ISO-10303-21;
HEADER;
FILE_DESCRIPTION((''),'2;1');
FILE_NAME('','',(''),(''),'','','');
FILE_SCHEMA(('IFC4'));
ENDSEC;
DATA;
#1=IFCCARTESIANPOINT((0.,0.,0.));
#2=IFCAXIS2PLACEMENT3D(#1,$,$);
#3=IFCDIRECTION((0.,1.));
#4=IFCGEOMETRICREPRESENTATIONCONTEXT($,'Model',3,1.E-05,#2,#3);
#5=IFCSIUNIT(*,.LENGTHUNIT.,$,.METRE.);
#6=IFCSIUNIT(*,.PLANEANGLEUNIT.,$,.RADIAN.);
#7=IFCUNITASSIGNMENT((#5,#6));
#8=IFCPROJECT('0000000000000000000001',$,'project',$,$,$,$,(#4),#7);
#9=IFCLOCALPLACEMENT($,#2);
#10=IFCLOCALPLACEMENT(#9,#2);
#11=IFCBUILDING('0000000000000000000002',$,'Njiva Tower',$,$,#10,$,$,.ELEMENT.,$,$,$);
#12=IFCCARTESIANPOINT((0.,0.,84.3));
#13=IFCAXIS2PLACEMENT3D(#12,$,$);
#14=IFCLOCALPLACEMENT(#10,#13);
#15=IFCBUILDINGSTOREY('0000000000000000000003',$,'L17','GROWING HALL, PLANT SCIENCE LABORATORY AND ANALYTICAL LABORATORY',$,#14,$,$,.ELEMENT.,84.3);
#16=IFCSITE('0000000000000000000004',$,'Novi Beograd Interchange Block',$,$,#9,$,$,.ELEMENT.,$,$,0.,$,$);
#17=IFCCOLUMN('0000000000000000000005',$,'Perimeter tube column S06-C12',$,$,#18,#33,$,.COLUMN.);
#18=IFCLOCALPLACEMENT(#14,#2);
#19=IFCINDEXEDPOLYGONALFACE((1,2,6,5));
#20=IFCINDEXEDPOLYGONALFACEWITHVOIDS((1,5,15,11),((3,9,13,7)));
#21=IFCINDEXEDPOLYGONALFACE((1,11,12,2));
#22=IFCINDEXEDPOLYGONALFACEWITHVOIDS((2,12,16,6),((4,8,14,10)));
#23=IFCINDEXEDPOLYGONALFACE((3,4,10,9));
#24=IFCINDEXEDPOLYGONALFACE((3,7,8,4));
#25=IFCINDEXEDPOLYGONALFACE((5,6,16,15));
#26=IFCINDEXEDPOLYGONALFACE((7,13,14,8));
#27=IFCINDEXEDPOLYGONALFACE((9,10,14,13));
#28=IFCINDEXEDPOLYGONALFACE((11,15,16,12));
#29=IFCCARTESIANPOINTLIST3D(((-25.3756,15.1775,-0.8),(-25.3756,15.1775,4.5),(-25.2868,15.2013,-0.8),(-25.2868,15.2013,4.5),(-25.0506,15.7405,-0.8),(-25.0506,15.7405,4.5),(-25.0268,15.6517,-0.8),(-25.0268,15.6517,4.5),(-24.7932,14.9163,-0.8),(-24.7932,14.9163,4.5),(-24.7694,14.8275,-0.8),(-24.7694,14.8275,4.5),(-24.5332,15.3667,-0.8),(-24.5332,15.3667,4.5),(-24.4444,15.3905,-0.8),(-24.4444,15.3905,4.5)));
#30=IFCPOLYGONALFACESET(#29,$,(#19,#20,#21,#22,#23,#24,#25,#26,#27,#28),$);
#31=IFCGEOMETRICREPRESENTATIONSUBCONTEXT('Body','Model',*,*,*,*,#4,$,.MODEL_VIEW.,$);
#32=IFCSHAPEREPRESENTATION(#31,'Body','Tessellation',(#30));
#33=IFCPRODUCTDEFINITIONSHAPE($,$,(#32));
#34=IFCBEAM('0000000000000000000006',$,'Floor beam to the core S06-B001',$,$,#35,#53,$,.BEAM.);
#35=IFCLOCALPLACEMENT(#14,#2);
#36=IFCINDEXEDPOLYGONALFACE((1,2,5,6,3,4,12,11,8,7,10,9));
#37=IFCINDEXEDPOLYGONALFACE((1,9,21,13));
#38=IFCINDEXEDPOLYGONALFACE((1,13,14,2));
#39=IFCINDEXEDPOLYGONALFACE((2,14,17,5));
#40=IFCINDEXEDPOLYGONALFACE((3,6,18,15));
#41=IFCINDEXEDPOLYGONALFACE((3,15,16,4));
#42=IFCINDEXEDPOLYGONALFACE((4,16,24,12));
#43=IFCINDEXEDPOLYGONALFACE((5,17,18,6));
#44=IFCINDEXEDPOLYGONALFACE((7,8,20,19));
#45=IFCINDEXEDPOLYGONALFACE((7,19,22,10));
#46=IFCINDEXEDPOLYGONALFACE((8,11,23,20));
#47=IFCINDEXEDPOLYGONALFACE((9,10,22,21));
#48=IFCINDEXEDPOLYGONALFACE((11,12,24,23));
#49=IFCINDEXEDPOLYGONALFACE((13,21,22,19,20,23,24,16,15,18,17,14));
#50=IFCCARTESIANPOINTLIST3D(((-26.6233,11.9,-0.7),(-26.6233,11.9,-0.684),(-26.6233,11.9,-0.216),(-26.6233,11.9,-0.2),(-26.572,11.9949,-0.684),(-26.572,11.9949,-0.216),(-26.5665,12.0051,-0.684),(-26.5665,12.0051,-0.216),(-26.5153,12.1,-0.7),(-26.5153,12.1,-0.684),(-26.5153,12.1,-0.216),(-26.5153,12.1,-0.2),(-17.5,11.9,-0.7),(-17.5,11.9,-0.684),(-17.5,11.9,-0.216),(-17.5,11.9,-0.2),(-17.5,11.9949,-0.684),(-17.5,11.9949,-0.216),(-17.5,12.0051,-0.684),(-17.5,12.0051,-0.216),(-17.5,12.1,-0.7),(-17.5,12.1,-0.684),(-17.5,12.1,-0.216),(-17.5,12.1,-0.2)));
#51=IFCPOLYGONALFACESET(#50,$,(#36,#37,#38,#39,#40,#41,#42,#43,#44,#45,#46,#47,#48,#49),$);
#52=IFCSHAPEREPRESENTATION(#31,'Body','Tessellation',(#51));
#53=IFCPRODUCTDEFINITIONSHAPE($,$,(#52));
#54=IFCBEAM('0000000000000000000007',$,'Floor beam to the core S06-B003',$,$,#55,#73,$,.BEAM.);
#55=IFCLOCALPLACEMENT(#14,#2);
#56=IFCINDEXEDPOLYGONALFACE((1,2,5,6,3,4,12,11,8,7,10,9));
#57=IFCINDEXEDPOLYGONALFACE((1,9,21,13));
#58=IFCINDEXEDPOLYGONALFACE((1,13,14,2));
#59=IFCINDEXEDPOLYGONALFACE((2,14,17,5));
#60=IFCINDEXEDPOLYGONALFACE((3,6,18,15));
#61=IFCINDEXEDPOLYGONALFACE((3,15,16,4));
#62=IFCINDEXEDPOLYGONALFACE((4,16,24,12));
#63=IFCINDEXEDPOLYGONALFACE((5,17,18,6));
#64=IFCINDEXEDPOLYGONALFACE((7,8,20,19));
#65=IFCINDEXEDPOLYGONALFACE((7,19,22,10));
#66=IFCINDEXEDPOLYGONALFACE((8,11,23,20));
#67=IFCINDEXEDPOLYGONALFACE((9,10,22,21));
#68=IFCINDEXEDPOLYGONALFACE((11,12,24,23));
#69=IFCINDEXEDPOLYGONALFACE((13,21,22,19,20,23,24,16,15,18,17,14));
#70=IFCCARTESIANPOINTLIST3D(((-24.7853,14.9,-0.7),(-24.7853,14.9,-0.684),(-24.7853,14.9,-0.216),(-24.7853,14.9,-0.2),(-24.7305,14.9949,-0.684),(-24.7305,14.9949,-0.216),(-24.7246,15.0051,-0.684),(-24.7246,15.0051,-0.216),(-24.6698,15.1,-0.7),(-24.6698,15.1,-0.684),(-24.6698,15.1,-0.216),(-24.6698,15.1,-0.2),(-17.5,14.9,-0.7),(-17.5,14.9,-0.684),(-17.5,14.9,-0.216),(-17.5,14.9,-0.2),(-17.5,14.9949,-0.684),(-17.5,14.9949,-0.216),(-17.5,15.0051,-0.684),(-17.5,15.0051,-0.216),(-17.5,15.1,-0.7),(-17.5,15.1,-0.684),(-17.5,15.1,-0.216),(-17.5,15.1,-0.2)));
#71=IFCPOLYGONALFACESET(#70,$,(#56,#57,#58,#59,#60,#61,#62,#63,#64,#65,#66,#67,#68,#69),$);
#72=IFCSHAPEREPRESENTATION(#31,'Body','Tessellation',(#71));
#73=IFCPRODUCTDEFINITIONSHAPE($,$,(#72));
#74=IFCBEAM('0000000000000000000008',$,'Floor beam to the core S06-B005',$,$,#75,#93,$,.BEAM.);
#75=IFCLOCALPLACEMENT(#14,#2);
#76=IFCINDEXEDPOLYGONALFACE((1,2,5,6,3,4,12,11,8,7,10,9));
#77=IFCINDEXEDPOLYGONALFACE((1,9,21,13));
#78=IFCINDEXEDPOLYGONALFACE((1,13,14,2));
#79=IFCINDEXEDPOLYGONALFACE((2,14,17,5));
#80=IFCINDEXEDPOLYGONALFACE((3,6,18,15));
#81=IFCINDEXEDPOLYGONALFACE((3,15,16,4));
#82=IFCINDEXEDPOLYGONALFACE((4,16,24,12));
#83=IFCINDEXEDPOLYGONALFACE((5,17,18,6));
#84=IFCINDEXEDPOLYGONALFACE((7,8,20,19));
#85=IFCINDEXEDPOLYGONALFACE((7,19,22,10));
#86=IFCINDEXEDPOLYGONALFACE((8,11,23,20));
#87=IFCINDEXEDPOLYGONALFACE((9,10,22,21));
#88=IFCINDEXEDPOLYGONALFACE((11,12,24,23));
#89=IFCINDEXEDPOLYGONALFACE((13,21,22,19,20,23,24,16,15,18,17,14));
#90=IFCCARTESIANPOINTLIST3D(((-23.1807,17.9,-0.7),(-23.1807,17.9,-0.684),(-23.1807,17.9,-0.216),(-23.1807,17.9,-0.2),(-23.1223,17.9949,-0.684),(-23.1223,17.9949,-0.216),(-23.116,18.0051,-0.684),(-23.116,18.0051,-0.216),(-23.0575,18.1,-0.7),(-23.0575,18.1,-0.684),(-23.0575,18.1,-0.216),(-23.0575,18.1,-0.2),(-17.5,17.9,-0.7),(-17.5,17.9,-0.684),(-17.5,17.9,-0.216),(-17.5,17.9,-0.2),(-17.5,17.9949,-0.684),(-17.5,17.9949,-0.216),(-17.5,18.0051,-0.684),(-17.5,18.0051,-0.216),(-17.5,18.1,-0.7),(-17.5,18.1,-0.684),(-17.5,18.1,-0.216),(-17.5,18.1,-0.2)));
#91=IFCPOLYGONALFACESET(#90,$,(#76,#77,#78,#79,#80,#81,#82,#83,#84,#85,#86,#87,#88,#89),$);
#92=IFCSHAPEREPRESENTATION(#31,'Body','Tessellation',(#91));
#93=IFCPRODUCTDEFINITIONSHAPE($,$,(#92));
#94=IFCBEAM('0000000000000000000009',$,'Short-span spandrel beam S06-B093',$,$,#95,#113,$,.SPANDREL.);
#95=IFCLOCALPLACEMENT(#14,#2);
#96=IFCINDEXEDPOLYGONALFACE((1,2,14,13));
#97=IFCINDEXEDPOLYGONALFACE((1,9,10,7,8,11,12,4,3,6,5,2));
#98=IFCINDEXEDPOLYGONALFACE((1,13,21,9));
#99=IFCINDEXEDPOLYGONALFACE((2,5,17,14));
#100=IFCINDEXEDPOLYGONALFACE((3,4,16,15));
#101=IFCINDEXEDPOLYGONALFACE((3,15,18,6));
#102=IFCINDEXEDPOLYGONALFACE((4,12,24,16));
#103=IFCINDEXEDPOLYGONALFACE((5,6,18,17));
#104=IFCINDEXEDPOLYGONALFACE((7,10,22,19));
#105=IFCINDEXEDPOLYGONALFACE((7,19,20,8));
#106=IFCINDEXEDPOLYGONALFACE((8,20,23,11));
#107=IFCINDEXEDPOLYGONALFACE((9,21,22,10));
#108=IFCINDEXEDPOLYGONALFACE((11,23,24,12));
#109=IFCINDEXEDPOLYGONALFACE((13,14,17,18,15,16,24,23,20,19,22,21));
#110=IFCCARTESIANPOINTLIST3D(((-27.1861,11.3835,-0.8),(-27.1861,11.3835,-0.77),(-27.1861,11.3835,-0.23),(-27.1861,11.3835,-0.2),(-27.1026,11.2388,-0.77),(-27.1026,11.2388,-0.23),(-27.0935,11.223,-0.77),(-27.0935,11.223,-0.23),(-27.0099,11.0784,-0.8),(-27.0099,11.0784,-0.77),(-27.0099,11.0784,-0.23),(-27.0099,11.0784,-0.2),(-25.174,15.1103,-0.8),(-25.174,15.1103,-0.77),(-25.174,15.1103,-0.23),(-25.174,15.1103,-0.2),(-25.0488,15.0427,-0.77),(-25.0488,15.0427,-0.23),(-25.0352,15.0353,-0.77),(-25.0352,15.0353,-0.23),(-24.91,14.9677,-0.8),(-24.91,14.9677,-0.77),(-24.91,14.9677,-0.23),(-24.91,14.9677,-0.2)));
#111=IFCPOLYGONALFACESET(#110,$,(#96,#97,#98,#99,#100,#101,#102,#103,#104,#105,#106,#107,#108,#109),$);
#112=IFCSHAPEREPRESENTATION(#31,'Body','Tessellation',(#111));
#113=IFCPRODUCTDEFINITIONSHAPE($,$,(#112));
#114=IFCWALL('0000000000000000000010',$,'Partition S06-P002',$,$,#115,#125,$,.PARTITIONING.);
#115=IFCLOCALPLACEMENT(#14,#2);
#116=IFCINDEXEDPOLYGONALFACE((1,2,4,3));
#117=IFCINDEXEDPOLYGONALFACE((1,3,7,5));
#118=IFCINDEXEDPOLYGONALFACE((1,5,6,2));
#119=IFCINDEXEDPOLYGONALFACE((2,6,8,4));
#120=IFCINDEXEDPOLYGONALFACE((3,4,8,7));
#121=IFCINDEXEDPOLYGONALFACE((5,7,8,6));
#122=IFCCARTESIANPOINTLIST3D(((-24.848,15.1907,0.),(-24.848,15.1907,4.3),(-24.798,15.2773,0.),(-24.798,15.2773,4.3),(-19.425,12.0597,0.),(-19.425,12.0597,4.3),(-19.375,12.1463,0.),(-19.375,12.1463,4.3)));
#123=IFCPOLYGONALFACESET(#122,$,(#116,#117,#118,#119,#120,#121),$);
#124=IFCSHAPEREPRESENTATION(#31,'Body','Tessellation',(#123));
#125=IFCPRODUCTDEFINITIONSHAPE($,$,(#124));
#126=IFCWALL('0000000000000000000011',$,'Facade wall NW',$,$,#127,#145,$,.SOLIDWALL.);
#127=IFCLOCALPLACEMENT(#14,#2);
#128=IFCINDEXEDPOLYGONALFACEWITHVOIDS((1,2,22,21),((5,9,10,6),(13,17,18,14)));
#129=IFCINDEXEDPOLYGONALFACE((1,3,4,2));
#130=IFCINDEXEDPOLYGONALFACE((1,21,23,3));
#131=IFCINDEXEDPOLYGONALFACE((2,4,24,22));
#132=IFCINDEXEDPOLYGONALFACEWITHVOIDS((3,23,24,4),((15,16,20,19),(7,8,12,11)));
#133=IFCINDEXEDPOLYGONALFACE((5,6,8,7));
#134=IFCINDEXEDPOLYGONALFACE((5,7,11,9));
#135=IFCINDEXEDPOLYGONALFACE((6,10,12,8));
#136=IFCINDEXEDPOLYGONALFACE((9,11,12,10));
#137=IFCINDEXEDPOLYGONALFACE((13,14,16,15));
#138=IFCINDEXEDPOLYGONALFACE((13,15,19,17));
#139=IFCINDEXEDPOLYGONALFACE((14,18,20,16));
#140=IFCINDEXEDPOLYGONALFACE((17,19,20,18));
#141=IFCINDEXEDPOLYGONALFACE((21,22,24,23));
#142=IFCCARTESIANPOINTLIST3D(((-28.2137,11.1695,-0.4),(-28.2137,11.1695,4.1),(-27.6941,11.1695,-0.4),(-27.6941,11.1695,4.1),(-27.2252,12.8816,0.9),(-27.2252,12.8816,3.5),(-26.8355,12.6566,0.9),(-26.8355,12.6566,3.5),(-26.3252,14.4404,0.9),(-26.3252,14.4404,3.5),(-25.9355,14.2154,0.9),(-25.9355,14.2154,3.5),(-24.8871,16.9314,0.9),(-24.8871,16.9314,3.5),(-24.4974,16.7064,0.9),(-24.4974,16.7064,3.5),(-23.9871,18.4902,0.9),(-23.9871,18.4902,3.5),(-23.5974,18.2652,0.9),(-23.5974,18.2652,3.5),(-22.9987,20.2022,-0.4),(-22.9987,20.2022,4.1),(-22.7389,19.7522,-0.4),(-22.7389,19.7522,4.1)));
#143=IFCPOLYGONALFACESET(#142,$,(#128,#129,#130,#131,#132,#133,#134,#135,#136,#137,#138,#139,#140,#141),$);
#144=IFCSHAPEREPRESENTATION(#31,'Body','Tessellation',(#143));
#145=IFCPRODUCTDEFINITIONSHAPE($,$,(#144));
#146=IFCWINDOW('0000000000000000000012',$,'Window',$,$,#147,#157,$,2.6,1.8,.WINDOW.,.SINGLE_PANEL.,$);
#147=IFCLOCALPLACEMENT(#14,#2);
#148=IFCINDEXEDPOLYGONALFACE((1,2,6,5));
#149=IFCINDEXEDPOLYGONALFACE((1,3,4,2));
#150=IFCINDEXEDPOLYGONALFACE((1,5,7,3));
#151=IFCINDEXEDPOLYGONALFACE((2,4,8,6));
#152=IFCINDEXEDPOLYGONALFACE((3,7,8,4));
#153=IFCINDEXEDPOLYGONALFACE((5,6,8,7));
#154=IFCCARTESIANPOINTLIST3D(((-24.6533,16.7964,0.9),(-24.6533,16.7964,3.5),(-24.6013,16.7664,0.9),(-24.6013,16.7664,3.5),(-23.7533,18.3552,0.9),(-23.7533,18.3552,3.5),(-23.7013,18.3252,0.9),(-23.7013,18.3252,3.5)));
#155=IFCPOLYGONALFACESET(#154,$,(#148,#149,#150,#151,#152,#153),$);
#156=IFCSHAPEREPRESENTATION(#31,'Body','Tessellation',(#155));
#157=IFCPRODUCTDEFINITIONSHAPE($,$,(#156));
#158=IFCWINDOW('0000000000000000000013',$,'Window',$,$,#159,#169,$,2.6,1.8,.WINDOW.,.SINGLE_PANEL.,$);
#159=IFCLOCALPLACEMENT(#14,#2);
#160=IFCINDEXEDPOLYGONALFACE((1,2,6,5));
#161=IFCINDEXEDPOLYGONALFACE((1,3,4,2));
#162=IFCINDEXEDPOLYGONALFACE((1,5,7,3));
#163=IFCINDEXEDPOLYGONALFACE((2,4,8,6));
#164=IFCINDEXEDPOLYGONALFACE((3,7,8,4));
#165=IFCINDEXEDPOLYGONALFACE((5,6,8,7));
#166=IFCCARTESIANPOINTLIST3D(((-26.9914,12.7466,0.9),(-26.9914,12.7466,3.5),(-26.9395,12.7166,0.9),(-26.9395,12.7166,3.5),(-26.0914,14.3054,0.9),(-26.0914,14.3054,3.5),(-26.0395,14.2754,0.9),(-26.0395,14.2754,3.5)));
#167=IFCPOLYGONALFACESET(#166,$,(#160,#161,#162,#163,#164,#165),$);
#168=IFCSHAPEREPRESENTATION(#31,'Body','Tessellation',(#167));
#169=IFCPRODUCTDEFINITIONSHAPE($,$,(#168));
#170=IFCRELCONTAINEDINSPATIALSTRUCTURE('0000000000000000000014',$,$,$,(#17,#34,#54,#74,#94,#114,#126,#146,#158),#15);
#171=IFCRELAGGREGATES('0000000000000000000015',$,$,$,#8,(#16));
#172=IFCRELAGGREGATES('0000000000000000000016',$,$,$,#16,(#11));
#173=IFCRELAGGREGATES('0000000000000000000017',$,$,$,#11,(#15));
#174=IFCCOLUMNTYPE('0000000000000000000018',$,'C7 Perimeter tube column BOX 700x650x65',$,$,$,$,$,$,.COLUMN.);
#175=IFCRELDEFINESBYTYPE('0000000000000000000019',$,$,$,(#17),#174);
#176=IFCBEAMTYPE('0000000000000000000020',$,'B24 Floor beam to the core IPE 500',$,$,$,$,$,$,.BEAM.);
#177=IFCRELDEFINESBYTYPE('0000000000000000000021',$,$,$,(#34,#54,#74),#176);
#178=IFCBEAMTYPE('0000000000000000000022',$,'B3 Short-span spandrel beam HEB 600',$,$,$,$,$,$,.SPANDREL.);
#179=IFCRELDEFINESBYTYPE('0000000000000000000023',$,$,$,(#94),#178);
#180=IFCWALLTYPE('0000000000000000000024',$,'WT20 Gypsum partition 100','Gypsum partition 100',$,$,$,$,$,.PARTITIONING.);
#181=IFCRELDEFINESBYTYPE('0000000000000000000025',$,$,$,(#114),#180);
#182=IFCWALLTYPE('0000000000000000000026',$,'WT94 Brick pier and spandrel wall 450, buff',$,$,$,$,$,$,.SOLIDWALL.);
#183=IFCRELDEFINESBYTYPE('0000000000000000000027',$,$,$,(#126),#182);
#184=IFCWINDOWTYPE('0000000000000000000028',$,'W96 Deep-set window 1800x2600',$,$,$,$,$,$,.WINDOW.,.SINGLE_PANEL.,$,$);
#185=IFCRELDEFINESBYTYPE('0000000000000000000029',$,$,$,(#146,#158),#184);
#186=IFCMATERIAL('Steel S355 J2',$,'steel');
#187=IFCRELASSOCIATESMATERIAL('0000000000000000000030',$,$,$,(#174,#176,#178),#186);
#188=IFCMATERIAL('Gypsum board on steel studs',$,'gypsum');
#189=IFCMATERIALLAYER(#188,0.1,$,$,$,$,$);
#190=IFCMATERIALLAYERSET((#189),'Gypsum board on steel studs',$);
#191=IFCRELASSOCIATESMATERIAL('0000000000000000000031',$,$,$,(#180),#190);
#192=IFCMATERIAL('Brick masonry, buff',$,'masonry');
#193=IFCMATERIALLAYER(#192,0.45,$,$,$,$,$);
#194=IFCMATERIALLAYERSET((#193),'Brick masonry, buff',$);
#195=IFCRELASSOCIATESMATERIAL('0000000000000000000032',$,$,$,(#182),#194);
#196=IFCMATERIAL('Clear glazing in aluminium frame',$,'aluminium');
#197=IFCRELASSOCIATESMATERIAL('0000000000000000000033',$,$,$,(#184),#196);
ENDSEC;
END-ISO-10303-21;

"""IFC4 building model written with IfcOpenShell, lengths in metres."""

from ifc_helpers import new_model, si_unit, direction, frame, frame_2d, origin, origin_2d, place, context, subcontext, project, spatial, polyline, rectangle, hollow_rectangle, i_section, outline, extrude, clip, halfspace, material, layer, layer_set, material_profile, profile_set, type_object, element, fill, save


model = new_model("IFC4")

# Units and contexts
model_context = context("Model", 3, precision=1e-05, world=origin(), true_north=direction((0.0, 1.0)))
body_context = subcontext(model_context, "Body", "Model", "MODEL_VIEW")
ifc_project = project(units=[si_unit("LENGTHUNIT", "METRE"), si_unit("PLANEANGLEUNIT", "RADIAN")], contexts=[model_context])

# Site, building, storey
site_placement = place(None, origin())
site = spatial("IfcSite", under=ifc_project, at=site_placement, Name="Novi Beograd Interchange Block", CompositionType="ELEMENT", RefElevation=0.0)
building_placement = place(site_placement, origin())
building = spatial("IfcBuilding", under=site, at=building_placement, Name="Njiva Tower", CompositionType="ELEMENT")
storey_placement = place(building_placement, frame((0.0, 0.0, 84.3)))
storey = spatial("IfcBuildingStorey", under=building, at=storey_placement, Name="L17", Description="GROWING HALL, PLANT SCIENCE LABORATORY AND ANALYTICAL LABORATORY", CompositionType="ELEMENT", Elevation=84.3)

# Column
ifc_material_1 = material(Name="Steel S355 J2", Category="steel")
ifc_material_profile_1 = material_profile(ifc_material_1, hollow_rectangle(XDim=0.65, YDim=0.7, WallThickness=0.065, at=origin_2d()), Name="BOX 700x650x65")
ifc_profile_set_1 = profile_set([ifc_material_profile_1], Name="Steel S355 J2")
column_type = type_object("IfcColumnType", Name="C7 Perimeter tube column BOX 700x650x65", PredefinedType="COLUMN", material=ifc_profile_set_1)
column_placement = place(storey_placement, frame((-24.91, 15.284, -0.8), z_axis=(0.0, 0.0, 1.0), x_axis=(-0.5, -0.866025, 0.0)))
element("IfcColumn", 1, at=column_placement, inside=storey, type_object=column_type, Name="Perimeter tube column S06-C12", PredefinedType="COLUMN", context=body_context, shape_type="SweptSolid", body=[
    extrude(hollow_rectangle(XDim=0.65, YDim=0.7, WallThickness=0.065, at=origin_2d()), origin(), (0.0, 0.0, 1.0), 5.3),
])

# Beams
ifc_material_profile_2 = material_profile(ifc_material_1, i_section(OverallWidth=0.2, OverallDepth=0.5, WebThickness=0.0102, FlangeThickness=0.016, at=origin_2d()), Name="IPE 500")
ifc_profile_set_2 = profile_set([ifc_material_profile_2], Name="Steel S355 J2")
beam_type_1 = type_object("IfcBeamType", Name="B24 Floor beam to the core IPE 500", PredefinedType="BEAM", material=ifc_profile_set_2)
beam_1_placement = place(storey_placement, frame((-26.643, 12.0, -0.45), z_axis=(1.0, 0.0, 0.0), x_axis=(0.0, 1.0, 0.0)))
element("IfcBeam", 2, at=beam_1_placement, inside=storey, type_object=beam_type_1, Name="Floor beam to the core S06-B001", PredefinedType="BEAM", context=body_context, shape_type="Clipping", body=[
    clip(extrude(i_section(OverallWidth=0.2, OverallDepth=0.5, WebThickness=0.0102, FlangeThickness=0.016, at=origin_2d()), origin(), (0.0, 0.0, 1.0), 9.143), halfspace(frame((0.0238, 0.0, 0.0866), z_axis=(0.47516, 0.0, -0.8799), x_axis=(0.0, -1.0, 0.0)), False)),
])
beam_2_placement = place(storey_placement, frame((-24.806, 15.0, -0.45), z_axis=(1.0, 0.0, 0.0), x_axis=(0.0, 1.0, 0.0)))
element("IfcBeam", 3, at=beam_2_placement, inside=storey, type_object=beam_type_1, Name="Floor beam to the core S06-B003", PredefinedType="BEAM", context=body_context, shape_type="Clipping", body=[
    clip(extrude(i_section(OverallWidth=0.2, OverallDepth=0.5, WebThickness=0.0102, FlangeThickness=0.016, at=origin_2d()), origin(), (0.0, 0.0, 1.0), 7.306), halfspace(frame((0.025, 0.0, 0.0929), z_axis=(0.499998, 0.0, -0.866027), x_axis=(0.0, -1.0, 0.0)), False)),
])
beam_3_placement = place(storey_placement, frame((-23.201, 18.0, -0.45), z_axis=(1.0, 0.0, 0.0), x_axis=(0.0, 1.0, 0.0)))
element("IfcBeam", 4, at=beam_3_placement, inside=storey, type_object=beam_type_1, Name="Floor beam to the core S06-B005", PredefinedType="BEAM", context=body_context, shape_type="Clipping", body=[
    clip(extrude(i_section(OverallWidth=0.2, OverallDepth=0.5, WebThickness=0.0102, FlangeThickness=0.016, at=origin_2d()), origin(), (0.0, 0.0, 1.0), 5.701), halfspace(frame((0.0262, 0.0, 0.098), z_axis=(0.524439, 0.0, -0.851448), x_axis=(0.0, -1.0, 0.0)), False)),
])
ifc_material_profile_3 = material_profile(ifc_material_1, i_section(OverallWidth=0.3, OverallDepth=0.6, WebThickness=0.0155, FlangeThickness=0.03, at=origin_2d()), Name="HEB 600")
ifc_profile_set_3 = profile_set([ifc_material_profile_3], Name="Steel S355 J2")
beam_type_2 = type_object("IfcBeamType", Name="B3 Short-span spandrel beam HEB 600", PredefinedType="SPANDREL", material=ifc_profile_set_3)
beam_4_placement = place(storey_placement, frame((-25.042, 15.039, -0.5), z_axis=(-0.475092, -0.879936, 0.0), x_axis=(0.879936, -0.475092, 0.0)))
element("IfcBeam", 5, at=beam_4_placement, inside=storey, type_object=beam_type_2, Name="Short-span spandrel beam S06-B093", PredefinedType="SPANDREL", context=body_context, shape_type="Clipping", body=[
    clip(extrude(i_section(OverallWidth=0.3, OverallDepth=0.6, WebThickness=0.0155, FlangeThickness=0.03, at=origin_2d()), origin(), (0.0, 0.0, 1.0), 4.4396), halfspace(frame((-0.0264, 0.0, 4.3114), z_axis=(-0.524503, 0.0, 0.851408), x_axis=(0.0, 1.0, 0.0)), False)),
])

# Wall
ifc_material_2 = material(Name="Gypsum board on steel studs", Category="gypsum")
ifc_layer_1 = layer(ifc_material_2, 0.1)
ifc_layer_set_1 = layer_set([ifc_layer_1], Name="Gypsum board on steel studs")
wall_type_1 = type_object("IfcWallType", Name="WT20 Gypsum partition 100", Description="Gypsum partition 100", PredefinedType="PARTITIONING", material=ifc_layer_set_1)
wall_1_placement = place(storey_placement, frame((-24.823, 15.234, 0.0), z_axis=(0.0, 0.0, 1.0), x_axis=(0.866023, -0.500004, 0.0)))
element("IfcWall", 6, at=wall_1_placement, inside=storey, type_object=wall_type_1, Name="Partition S06-P002", PredefinedType="PARTITIONING", context=body_context, shape_type="SweptSolid", body=[
    extrude(rectangle(XDim=6.262, YDim=0.1, at=frame_2d((3.131, 0.0))), origin(), (0.0, 0.0, 1.0), 4.3),
])

# Wall, openings, windows
ifc_material_3 = material(Name="Clear glazing in aluminium frame", Category="aluminium")
ifc_material_4 = material(Name="Brick masonry, buff", Category="masonry")
ifc_layer_2 = layer(ifc_material_4, 0.45)
ifc_layer_set_2 = layer_set([ifc_layer_2], Name="Brick masonry, buff")
wall_type_2 = type_object("IfcWallType", Name="WT94 Brick pier and spandrel wall 450, buff", PredefinedType="SOLIDWALL", material=ifc_layer_set_2)
wall_2_placement = place(storey_placement, frame((-22.8688, 19.9772, -0.4), z_axis=(0.0, 0.0, 1.0), x_axis=(-0.499998, -0.866027, 0.0)))
wall_2 = element("IfcWall", 7, at=wall_2_placement, inside=storey, type_object=wall_type_2, Name="Facade wall NW", PredefinedType="SOLIDWALL", context=body_context, shape_type="SweptSolid", body=[
    extrude(outline(polyline([(-0.1299, -0.225), (10.3001, -0.225), (10.0403, 0.225), (0.1299, 0.225), (-0.1299, -0.225)])), origin(), (0.0, 0.0, 1.0), 4.5),
])
opening_1_placement = place(wall_2_placement, frame((1.8469, 0.0, 1.3)))
opening_1 = element("IfcOpeningElement", 8, at=opening_1_placement, cuts=wall_2, PredefinedType="OPENING", context=body_context, shape_type="SweptSolid", body=[
    extrude(rectangle(XDim=1.8, YDim=2.6, at=frame_2d((0.9, 1.3))), frame((0.0, 0.235, 0.0), z_axis=(0.0, -1.0, 0.0), x_axis=(1.0, 0.0, 0.0)), (0.0, 0.0, 1.0), 0.47),
])
opening_2_placement = place(wall_2_placement, frame((6.5232, 0.0, 1.3)))
opening_2 = element("IfcOpeningElement", 9, at=opening_2_placement, cuts=wall_2, PredefinedType="OPENING", context=body_context, shape_type="SweptSolid", body=[
    extrude(rectangle(XDim=1.8, YDim=2.6, at=frame_2d((0.9, 1.3))), frame((0.0, 0.235, 0.0), z_axis=(0.0, -1.0, 0.0), x_axis=(1.0, 0.0, 0.0)), (0.0, 0.0, 1.0), 0.47),
])
window_type_1 = type_object("IfcWindowType", Name="W96 Deep-set window 1800x2600", PartitioningType="SINGLE_PANEL", PredefinedType="WINDOW", material=ifc_material_3)
window_1_placement = place(opening_1_placement, origin())
window_1 = element("IfcWindow", 10, at=window_1_placement, inside=storey, type_object=window_type_1, Name="Window", OverallHeight=2.6, OverallWidth=1.8, PartitioningType="SINGLE_PANEL", PredefinedType="WINDOW", context=body_context, shape_type="SweptSolid", body=[
    extrude(rectangle(XDim=1.8, YDim=2.6, at=frame_2d((0.9, 1.3))), frame((0.0, 0.105, 0.0), z_axis=(0.0, -1.0, 0.0), x_axis=(1.0, 0.0, 0.0)), (0.0, 0.0, 1.0), 0.06),
])
fill(opening_1, window_1)
window_2_placement = place(opening_2_placement, origin())
window_2 = element("IfcWindow", 11, at=window_2_placement, inside=storey, type_object=window_type_1, Name="Window", OverallHeight=2.6, OverallWidth=1.8, PartitioningType="SINGLE_PANEL", PredefinedType="WINDOW", context=body_context, shape_type="SweptSolid", body=[
    extrude(rectangle(XDim=1.8, YDim=2.6, at=frame_2d((0.9, 1.3))), frame((0.0, 0.105, 0.0), z_axis=(0.0, -1.0, 0.0), x_axis=(1.0, 0.0, 0.0)), (0.0, 0.0, 1.0), 0.06),
])
fill(opening_2, window_2)

save(model, "model.ifc")
